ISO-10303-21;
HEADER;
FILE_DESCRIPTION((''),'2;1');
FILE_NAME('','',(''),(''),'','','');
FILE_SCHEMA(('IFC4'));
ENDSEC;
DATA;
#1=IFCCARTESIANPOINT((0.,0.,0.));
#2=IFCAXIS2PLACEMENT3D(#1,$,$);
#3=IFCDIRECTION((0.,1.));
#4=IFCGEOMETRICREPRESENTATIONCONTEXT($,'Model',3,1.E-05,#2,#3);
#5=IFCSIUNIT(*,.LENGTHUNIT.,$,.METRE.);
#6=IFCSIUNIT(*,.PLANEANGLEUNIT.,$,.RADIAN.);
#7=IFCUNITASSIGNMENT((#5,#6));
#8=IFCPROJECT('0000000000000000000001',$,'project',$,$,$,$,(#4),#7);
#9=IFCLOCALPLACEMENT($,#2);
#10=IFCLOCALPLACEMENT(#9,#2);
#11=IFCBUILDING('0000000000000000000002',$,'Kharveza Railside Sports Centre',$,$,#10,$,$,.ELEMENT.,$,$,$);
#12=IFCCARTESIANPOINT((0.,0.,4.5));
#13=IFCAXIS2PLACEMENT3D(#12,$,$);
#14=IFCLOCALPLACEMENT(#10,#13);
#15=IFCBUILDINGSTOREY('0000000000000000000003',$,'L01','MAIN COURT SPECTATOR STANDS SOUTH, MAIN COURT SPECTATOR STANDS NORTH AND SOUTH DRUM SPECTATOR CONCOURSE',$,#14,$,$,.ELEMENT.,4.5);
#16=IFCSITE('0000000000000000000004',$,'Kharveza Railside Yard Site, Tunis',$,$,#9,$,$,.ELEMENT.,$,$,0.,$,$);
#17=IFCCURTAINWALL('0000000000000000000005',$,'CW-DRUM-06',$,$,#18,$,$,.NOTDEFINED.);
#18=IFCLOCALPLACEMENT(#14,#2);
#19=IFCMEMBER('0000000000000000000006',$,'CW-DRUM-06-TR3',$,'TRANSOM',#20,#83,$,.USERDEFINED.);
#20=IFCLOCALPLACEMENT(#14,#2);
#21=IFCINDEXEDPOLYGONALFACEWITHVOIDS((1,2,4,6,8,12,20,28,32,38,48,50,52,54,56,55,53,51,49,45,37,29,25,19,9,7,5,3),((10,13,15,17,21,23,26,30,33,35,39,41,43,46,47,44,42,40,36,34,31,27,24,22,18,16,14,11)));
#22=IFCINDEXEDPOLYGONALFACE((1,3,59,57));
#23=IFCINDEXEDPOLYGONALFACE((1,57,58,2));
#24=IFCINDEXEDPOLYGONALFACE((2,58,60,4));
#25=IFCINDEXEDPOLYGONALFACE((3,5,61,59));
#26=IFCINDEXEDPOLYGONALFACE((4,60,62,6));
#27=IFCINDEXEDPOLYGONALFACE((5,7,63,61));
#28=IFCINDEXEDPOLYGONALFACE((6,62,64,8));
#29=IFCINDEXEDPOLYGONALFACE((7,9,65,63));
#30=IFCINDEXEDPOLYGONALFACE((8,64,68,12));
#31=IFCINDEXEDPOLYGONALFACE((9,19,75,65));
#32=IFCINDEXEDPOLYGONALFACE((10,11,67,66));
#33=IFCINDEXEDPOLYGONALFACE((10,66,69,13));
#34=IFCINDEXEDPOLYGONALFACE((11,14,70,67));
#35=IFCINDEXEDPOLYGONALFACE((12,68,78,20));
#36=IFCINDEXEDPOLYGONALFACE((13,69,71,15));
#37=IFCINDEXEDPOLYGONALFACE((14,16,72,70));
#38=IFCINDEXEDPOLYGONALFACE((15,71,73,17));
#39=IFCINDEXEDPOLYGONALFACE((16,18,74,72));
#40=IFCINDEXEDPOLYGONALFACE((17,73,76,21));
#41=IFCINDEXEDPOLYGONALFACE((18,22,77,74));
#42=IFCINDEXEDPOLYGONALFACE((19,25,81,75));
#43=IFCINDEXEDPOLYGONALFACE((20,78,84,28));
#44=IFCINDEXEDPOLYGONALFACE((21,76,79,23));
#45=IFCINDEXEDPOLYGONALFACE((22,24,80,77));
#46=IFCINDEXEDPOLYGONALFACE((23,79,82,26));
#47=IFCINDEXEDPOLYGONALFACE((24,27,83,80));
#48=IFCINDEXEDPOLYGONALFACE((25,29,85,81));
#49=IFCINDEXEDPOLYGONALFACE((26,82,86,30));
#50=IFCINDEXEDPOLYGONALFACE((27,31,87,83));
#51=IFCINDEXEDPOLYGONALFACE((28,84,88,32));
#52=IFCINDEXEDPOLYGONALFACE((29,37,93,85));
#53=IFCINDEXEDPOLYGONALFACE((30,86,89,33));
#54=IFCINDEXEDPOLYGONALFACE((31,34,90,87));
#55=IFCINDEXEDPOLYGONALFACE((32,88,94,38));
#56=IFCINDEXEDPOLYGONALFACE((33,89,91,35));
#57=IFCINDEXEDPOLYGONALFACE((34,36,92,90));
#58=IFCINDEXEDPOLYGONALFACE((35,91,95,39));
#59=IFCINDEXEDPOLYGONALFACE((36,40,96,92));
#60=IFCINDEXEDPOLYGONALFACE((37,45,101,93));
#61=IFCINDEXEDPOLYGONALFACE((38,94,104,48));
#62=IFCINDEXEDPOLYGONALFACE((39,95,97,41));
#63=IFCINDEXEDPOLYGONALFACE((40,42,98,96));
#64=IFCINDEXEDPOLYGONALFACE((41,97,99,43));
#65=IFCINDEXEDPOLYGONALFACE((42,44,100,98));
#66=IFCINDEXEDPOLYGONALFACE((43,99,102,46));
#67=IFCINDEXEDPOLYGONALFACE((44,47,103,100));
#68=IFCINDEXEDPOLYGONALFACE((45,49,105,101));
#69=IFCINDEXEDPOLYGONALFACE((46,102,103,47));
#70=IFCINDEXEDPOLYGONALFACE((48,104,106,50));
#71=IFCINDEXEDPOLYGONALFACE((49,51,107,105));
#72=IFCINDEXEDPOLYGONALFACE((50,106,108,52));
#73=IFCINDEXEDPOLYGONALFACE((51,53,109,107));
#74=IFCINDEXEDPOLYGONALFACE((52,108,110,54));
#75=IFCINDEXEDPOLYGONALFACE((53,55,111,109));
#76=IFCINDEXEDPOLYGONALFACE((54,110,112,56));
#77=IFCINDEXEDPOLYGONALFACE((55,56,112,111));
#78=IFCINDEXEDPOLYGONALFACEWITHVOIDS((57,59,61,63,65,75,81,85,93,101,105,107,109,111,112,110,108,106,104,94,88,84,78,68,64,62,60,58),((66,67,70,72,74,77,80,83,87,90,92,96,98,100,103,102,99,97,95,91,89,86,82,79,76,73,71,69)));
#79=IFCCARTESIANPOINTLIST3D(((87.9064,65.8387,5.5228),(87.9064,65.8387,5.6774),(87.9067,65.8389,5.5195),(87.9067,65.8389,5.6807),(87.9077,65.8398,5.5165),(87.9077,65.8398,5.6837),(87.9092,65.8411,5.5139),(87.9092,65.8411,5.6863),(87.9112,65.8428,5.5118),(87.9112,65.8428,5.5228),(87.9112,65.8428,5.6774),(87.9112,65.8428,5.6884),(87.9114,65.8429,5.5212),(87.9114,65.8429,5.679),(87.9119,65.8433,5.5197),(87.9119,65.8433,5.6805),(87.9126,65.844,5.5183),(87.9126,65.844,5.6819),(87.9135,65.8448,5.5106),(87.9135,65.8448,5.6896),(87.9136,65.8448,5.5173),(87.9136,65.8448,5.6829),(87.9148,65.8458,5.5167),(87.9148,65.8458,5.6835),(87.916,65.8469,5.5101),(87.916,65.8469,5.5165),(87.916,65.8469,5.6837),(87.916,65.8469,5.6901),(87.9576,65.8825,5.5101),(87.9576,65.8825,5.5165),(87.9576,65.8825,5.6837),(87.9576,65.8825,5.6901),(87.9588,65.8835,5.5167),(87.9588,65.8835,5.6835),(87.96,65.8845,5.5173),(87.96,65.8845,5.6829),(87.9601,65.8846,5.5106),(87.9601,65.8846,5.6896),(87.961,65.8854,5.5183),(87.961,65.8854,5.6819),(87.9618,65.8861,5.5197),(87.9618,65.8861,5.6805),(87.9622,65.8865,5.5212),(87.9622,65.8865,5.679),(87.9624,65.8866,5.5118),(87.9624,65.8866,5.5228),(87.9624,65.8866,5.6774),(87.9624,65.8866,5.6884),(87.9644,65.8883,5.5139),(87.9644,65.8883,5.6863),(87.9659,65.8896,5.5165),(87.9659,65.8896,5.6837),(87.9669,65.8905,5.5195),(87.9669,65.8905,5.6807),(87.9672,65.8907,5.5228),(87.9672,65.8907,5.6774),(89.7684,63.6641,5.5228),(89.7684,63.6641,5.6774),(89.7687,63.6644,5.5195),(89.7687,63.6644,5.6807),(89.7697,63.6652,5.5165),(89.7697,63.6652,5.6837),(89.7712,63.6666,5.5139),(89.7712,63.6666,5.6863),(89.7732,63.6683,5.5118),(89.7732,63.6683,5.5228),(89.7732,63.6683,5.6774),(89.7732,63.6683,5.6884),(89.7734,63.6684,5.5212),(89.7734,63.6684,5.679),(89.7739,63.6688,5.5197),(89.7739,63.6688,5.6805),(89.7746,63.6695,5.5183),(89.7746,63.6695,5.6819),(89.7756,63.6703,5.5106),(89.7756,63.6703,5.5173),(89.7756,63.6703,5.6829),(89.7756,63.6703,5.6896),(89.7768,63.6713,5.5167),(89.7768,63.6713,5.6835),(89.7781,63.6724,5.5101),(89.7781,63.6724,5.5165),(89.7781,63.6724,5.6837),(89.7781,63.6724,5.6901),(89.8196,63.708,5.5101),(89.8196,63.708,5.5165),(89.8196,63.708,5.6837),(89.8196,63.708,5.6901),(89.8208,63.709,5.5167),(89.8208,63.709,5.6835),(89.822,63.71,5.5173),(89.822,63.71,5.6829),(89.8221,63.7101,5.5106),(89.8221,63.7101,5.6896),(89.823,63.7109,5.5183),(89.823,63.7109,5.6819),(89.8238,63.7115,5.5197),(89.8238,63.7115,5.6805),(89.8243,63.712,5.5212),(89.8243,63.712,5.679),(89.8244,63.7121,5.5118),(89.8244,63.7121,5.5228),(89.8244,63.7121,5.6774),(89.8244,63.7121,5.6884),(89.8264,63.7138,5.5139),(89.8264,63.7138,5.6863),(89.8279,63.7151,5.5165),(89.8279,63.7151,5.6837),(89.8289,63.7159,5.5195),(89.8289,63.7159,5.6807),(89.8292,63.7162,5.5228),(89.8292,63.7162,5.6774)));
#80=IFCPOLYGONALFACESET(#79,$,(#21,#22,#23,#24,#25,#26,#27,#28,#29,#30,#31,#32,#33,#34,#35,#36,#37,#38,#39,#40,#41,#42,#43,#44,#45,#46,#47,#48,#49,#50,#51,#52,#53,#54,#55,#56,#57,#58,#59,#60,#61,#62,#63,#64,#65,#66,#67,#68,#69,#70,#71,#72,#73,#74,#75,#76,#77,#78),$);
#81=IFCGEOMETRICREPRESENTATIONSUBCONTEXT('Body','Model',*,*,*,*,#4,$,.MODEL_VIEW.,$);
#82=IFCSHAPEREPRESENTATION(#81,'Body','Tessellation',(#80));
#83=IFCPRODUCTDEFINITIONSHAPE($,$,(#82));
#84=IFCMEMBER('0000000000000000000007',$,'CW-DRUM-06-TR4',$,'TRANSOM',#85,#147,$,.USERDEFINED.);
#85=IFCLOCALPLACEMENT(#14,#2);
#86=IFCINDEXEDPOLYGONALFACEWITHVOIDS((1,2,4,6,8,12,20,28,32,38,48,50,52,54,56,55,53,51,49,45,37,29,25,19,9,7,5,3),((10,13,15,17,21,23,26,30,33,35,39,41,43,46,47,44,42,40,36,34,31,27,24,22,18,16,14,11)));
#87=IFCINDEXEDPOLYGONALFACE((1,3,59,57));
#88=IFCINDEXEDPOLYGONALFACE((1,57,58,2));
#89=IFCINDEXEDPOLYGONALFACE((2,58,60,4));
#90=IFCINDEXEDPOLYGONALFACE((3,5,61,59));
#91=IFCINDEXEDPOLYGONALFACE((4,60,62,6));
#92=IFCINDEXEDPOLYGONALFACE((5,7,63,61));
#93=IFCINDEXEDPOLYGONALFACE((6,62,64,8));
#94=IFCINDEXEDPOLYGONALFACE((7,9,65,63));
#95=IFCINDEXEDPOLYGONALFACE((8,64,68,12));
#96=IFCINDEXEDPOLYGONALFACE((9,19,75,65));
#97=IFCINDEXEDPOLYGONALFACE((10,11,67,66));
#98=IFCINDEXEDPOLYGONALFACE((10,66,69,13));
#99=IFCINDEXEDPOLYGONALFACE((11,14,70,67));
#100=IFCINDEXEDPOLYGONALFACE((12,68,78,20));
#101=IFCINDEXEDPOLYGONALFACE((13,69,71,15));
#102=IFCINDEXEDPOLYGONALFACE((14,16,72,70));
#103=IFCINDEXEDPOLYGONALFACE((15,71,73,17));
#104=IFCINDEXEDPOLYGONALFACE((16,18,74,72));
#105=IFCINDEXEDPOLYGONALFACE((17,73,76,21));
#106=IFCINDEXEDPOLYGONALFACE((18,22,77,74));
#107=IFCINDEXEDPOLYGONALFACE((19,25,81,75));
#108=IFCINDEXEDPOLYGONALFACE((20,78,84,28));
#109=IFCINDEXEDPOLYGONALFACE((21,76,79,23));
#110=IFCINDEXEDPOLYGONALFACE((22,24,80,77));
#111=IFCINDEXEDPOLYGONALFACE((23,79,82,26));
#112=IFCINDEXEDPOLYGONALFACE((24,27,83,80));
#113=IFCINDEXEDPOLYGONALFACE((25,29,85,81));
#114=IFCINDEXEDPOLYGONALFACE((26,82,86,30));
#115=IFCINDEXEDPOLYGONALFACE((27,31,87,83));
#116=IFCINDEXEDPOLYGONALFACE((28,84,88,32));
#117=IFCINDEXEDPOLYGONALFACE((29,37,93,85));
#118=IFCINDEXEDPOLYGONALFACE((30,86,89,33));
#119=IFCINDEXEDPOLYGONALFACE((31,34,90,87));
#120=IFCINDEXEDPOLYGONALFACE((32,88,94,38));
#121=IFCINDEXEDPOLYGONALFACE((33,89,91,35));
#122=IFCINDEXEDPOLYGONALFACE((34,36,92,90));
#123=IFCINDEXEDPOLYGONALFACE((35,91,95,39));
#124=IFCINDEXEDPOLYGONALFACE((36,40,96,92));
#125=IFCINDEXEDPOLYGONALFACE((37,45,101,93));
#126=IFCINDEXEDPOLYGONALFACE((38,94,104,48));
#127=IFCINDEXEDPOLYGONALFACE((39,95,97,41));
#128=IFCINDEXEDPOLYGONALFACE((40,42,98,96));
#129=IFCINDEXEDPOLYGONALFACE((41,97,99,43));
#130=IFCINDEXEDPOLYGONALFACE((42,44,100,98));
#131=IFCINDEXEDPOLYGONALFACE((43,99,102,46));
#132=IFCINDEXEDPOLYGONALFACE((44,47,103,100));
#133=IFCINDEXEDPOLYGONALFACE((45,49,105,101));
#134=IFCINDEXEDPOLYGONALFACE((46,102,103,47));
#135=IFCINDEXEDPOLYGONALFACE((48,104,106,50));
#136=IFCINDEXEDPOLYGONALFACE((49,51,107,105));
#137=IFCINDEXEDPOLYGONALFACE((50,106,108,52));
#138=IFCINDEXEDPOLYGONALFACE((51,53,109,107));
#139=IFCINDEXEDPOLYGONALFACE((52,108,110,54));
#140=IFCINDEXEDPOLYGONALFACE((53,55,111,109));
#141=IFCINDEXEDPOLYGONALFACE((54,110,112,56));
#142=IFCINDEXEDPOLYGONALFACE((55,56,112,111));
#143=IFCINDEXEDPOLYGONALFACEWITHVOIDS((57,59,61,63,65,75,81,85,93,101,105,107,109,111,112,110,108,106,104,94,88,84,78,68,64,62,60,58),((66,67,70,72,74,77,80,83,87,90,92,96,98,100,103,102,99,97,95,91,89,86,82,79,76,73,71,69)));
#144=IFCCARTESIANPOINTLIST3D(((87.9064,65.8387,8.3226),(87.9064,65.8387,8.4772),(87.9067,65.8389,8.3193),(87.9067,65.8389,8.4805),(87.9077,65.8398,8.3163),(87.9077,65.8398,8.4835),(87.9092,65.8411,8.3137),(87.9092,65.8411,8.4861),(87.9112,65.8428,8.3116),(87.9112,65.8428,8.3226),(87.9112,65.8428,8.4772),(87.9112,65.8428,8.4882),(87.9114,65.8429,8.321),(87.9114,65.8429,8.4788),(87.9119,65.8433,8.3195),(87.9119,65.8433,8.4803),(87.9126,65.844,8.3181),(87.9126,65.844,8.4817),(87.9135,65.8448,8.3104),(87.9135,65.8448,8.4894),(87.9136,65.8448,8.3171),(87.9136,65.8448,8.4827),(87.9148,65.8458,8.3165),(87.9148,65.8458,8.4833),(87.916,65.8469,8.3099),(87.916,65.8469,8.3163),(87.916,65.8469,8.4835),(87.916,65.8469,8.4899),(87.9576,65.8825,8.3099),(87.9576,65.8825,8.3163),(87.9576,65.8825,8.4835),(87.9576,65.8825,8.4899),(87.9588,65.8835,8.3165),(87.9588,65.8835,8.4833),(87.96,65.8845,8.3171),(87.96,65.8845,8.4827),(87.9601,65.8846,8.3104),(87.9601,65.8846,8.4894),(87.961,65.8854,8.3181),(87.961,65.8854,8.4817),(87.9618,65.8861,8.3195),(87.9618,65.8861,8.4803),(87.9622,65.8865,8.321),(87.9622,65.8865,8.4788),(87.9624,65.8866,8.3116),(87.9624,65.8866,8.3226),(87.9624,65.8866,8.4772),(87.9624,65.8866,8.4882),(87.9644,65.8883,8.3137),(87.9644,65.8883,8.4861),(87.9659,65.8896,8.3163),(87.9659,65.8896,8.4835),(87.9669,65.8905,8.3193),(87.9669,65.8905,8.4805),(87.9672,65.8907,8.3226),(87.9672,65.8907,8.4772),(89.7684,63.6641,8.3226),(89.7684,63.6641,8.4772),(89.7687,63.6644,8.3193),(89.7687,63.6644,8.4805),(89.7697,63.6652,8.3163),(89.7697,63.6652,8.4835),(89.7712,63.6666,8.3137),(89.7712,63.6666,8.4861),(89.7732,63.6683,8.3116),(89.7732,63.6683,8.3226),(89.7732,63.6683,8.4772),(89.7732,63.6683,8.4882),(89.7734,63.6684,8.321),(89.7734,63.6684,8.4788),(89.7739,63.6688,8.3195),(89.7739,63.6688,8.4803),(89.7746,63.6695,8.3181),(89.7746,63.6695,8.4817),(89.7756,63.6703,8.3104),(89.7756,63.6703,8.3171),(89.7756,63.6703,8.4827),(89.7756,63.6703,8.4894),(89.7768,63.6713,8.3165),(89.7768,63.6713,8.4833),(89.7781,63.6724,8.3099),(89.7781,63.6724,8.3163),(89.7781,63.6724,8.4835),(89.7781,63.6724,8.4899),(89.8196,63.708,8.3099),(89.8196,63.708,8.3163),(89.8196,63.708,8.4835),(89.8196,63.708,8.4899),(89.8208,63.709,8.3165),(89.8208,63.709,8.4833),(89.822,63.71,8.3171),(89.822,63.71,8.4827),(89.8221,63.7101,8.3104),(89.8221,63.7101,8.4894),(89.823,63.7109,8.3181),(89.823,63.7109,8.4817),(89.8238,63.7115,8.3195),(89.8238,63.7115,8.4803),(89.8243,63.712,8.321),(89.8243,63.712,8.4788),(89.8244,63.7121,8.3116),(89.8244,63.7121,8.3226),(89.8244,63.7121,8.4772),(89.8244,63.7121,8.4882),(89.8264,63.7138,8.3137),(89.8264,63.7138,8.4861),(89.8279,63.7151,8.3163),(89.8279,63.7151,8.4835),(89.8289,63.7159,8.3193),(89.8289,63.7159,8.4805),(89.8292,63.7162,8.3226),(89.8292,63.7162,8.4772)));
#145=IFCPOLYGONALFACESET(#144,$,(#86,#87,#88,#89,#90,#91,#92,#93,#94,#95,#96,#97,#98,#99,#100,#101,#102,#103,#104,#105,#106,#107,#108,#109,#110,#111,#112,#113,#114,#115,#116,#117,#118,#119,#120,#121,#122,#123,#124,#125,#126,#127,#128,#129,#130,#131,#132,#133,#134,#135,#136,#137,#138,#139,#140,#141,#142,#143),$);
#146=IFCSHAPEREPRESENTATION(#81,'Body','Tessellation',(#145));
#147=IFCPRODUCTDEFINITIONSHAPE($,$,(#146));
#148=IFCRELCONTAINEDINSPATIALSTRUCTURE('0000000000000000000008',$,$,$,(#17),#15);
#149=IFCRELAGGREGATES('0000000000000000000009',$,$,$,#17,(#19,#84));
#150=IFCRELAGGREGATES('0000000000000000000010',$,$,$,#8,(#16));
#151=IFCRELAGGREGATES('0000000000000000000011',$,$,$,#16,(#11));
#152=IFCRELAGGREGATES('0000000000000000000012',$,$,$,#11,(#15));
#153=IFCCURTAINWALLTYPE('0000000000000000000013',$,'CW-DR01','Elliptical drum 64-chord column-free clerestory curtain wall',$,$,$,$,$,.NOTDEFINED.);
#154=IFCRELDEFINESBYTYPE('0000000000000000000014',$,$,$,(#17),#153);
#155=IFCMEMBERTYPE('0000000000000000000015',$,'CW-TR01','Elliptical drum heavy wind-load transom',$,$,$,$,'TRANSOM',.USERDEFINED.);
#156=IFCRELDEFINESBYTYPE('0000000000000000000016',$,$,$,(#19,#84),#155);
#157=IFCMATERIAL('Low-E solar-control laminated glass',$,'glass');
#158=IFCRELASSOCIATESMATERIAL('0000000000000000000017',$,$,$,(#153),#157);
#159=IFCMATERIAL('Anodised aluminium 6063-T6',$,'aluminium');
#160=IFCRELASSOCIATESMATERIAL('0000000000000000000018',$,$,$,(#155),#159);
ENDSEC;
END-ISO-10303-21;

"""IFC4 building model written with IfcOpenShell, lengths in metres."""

from ifc_helpers import new_model, si_unit, direction, frame, origin, origin_2d, place, context, subcontext, project, spatial, hollow_rectangle, extrude, material, material_profile, profile_set, type_object, element, aggregate, save


model = new_model("IFC4")

# Units and contexts
model_context = context("Model", 3, precision=1e-05, world=origin(), true_north=direction((0.0, 1.0)))
body_context = subcontext(model_context, "Body", "Model", "MODEL_VIEW")
ifc_project = project(units=[si_unit("LENGTHUNIT", "METRE"), si_unit("PLANEANGLEUNIT", "RADIAN")], contexts=[model_context])

# Site, building, storey
site_placement = place(None, origin())
site = spatial("IfcSite", under=ifc_project, at=site_placement, Name="Kharveza Railside Yard Site, Tunis", CompositionType="ELEMENT", RefElevation=0.0)
building_placement = place(site_placement, origin())
building = spatial("IfcBuilding", under=site, at=building_placement, Name="Kharveza Railside Sports Centre", CompositionType="ELEMENT")
storey_placement = place(building_placement, frame((0.0, 0.0, 4.5)))
storey = spatial("IfcBuildingStorey", under=building, at=storey_placement, Name="L01", Description="MAIN COURT SPECTATOR STANDS SOUTH, MAIN COURT SPECTATOR STANDS NORTH AND SOUTH DRUM SPECTATOR CONCOURSE", CompositionType="ELEMENT", Elevation=4.5)

# Curtain wall
ifc_material_1 = material(Name="Low-E solar-control laminated glass", Category="glass")
curtain_wall_type = type_object("IfcCurtainWallType", Name="CW-DR01", Description="Elliptical drum 64-chord column-free clerestory curtain wall", PredefinedType="NOTDEFINED", material=ifc_material_1)
ifc_material_2 = material(Name="Anodised aluminium 6063-T6", Category="aluminium")
curtain_wall_1_placement = place(storey_placement, origin())
curtain_wall_1 = element("IfcCurtainWall", 1, at=curtain_wall_1_placement, inside=storey, type_object=curtain_wall_type, Name="CW-DRUM-06", PredefinedType="NOTDEFINED")

# Members
ifc_material_profile_1 = material_profile(ifc_material_2, hollow_rectangle(XDim=0.0801, YDim=0.1799, WallThickness=0.0063, InnerFilletRadius=0.0063, OuterFilletRadius=0.0127, at=origin_2d()), Name="RHS 80x180x6.3")
ifc_profile_set_1 = profile_set([ifc_material_profile_1], Name="Anodised aluminium 6063-T6")
member_type_1 = type_object("IfcMemberType", Name="CW-TR01", Description="Elliptical drum heavy wind-load transom", ElementType="TRANSOM", PredefinedType="USERDEFINED", material=ifc_profile_set_1)
member_1_placement = place(storey_placement, frame((89.7988, 63.6902, 5.6001), z_axis=(-0.650419, 0.759576, 0.0), x_axis=(-0.759576, -0.650419, 0.0)))
member_1 = element("IfcMember", 2, at=member_1_placement, type_object=member_type_1, Name="CW-DRUM-06-TR3", ObjectType="TRANSOM", PredefinedType="USERDEFINED", context=body_context, shape_type="SweptSolid", body=[
    extrude(hollow_rectangle(XDim=0.0801, YDim=0.1799, WallThickness=0.0063, InnerFilletRadius=0.0063, OuterFilletRadius=0.0127, at=origin_2d()), origin(), (0.0, 0.0, 1.0), 2.8628),
])
member_2_placement = place(storey_placement, frame((89.7988, 63.6902, 8.3999), z_axis=(-0.650419, 0.759576, 0.0), x_axis=(-0.759576, -0.650419, 0.0)))
member_2 = element("IfcMember", 3, at=member_2_placement, type_object=member_type_1, Name="CW-DRUM-06-TR4", ObjectType="TRANSOM", PredefinedType="USERDEFINED", context=body_context, shape_type="SweptSolid", body=[
    extrude(hollow_rectangle(XDim=0.0801, YDim=0.1799, WallThickness=0.0063, InnerFilletRadius=0.0063, OuterFilletRadius=0.0127, at=origin_2d()), origin(), (0.0, 0.0, 1.0), 2.8628),
])

aggregate(curtain_wall_1, [member_1, member_2])

save(model, "model.ifc")
